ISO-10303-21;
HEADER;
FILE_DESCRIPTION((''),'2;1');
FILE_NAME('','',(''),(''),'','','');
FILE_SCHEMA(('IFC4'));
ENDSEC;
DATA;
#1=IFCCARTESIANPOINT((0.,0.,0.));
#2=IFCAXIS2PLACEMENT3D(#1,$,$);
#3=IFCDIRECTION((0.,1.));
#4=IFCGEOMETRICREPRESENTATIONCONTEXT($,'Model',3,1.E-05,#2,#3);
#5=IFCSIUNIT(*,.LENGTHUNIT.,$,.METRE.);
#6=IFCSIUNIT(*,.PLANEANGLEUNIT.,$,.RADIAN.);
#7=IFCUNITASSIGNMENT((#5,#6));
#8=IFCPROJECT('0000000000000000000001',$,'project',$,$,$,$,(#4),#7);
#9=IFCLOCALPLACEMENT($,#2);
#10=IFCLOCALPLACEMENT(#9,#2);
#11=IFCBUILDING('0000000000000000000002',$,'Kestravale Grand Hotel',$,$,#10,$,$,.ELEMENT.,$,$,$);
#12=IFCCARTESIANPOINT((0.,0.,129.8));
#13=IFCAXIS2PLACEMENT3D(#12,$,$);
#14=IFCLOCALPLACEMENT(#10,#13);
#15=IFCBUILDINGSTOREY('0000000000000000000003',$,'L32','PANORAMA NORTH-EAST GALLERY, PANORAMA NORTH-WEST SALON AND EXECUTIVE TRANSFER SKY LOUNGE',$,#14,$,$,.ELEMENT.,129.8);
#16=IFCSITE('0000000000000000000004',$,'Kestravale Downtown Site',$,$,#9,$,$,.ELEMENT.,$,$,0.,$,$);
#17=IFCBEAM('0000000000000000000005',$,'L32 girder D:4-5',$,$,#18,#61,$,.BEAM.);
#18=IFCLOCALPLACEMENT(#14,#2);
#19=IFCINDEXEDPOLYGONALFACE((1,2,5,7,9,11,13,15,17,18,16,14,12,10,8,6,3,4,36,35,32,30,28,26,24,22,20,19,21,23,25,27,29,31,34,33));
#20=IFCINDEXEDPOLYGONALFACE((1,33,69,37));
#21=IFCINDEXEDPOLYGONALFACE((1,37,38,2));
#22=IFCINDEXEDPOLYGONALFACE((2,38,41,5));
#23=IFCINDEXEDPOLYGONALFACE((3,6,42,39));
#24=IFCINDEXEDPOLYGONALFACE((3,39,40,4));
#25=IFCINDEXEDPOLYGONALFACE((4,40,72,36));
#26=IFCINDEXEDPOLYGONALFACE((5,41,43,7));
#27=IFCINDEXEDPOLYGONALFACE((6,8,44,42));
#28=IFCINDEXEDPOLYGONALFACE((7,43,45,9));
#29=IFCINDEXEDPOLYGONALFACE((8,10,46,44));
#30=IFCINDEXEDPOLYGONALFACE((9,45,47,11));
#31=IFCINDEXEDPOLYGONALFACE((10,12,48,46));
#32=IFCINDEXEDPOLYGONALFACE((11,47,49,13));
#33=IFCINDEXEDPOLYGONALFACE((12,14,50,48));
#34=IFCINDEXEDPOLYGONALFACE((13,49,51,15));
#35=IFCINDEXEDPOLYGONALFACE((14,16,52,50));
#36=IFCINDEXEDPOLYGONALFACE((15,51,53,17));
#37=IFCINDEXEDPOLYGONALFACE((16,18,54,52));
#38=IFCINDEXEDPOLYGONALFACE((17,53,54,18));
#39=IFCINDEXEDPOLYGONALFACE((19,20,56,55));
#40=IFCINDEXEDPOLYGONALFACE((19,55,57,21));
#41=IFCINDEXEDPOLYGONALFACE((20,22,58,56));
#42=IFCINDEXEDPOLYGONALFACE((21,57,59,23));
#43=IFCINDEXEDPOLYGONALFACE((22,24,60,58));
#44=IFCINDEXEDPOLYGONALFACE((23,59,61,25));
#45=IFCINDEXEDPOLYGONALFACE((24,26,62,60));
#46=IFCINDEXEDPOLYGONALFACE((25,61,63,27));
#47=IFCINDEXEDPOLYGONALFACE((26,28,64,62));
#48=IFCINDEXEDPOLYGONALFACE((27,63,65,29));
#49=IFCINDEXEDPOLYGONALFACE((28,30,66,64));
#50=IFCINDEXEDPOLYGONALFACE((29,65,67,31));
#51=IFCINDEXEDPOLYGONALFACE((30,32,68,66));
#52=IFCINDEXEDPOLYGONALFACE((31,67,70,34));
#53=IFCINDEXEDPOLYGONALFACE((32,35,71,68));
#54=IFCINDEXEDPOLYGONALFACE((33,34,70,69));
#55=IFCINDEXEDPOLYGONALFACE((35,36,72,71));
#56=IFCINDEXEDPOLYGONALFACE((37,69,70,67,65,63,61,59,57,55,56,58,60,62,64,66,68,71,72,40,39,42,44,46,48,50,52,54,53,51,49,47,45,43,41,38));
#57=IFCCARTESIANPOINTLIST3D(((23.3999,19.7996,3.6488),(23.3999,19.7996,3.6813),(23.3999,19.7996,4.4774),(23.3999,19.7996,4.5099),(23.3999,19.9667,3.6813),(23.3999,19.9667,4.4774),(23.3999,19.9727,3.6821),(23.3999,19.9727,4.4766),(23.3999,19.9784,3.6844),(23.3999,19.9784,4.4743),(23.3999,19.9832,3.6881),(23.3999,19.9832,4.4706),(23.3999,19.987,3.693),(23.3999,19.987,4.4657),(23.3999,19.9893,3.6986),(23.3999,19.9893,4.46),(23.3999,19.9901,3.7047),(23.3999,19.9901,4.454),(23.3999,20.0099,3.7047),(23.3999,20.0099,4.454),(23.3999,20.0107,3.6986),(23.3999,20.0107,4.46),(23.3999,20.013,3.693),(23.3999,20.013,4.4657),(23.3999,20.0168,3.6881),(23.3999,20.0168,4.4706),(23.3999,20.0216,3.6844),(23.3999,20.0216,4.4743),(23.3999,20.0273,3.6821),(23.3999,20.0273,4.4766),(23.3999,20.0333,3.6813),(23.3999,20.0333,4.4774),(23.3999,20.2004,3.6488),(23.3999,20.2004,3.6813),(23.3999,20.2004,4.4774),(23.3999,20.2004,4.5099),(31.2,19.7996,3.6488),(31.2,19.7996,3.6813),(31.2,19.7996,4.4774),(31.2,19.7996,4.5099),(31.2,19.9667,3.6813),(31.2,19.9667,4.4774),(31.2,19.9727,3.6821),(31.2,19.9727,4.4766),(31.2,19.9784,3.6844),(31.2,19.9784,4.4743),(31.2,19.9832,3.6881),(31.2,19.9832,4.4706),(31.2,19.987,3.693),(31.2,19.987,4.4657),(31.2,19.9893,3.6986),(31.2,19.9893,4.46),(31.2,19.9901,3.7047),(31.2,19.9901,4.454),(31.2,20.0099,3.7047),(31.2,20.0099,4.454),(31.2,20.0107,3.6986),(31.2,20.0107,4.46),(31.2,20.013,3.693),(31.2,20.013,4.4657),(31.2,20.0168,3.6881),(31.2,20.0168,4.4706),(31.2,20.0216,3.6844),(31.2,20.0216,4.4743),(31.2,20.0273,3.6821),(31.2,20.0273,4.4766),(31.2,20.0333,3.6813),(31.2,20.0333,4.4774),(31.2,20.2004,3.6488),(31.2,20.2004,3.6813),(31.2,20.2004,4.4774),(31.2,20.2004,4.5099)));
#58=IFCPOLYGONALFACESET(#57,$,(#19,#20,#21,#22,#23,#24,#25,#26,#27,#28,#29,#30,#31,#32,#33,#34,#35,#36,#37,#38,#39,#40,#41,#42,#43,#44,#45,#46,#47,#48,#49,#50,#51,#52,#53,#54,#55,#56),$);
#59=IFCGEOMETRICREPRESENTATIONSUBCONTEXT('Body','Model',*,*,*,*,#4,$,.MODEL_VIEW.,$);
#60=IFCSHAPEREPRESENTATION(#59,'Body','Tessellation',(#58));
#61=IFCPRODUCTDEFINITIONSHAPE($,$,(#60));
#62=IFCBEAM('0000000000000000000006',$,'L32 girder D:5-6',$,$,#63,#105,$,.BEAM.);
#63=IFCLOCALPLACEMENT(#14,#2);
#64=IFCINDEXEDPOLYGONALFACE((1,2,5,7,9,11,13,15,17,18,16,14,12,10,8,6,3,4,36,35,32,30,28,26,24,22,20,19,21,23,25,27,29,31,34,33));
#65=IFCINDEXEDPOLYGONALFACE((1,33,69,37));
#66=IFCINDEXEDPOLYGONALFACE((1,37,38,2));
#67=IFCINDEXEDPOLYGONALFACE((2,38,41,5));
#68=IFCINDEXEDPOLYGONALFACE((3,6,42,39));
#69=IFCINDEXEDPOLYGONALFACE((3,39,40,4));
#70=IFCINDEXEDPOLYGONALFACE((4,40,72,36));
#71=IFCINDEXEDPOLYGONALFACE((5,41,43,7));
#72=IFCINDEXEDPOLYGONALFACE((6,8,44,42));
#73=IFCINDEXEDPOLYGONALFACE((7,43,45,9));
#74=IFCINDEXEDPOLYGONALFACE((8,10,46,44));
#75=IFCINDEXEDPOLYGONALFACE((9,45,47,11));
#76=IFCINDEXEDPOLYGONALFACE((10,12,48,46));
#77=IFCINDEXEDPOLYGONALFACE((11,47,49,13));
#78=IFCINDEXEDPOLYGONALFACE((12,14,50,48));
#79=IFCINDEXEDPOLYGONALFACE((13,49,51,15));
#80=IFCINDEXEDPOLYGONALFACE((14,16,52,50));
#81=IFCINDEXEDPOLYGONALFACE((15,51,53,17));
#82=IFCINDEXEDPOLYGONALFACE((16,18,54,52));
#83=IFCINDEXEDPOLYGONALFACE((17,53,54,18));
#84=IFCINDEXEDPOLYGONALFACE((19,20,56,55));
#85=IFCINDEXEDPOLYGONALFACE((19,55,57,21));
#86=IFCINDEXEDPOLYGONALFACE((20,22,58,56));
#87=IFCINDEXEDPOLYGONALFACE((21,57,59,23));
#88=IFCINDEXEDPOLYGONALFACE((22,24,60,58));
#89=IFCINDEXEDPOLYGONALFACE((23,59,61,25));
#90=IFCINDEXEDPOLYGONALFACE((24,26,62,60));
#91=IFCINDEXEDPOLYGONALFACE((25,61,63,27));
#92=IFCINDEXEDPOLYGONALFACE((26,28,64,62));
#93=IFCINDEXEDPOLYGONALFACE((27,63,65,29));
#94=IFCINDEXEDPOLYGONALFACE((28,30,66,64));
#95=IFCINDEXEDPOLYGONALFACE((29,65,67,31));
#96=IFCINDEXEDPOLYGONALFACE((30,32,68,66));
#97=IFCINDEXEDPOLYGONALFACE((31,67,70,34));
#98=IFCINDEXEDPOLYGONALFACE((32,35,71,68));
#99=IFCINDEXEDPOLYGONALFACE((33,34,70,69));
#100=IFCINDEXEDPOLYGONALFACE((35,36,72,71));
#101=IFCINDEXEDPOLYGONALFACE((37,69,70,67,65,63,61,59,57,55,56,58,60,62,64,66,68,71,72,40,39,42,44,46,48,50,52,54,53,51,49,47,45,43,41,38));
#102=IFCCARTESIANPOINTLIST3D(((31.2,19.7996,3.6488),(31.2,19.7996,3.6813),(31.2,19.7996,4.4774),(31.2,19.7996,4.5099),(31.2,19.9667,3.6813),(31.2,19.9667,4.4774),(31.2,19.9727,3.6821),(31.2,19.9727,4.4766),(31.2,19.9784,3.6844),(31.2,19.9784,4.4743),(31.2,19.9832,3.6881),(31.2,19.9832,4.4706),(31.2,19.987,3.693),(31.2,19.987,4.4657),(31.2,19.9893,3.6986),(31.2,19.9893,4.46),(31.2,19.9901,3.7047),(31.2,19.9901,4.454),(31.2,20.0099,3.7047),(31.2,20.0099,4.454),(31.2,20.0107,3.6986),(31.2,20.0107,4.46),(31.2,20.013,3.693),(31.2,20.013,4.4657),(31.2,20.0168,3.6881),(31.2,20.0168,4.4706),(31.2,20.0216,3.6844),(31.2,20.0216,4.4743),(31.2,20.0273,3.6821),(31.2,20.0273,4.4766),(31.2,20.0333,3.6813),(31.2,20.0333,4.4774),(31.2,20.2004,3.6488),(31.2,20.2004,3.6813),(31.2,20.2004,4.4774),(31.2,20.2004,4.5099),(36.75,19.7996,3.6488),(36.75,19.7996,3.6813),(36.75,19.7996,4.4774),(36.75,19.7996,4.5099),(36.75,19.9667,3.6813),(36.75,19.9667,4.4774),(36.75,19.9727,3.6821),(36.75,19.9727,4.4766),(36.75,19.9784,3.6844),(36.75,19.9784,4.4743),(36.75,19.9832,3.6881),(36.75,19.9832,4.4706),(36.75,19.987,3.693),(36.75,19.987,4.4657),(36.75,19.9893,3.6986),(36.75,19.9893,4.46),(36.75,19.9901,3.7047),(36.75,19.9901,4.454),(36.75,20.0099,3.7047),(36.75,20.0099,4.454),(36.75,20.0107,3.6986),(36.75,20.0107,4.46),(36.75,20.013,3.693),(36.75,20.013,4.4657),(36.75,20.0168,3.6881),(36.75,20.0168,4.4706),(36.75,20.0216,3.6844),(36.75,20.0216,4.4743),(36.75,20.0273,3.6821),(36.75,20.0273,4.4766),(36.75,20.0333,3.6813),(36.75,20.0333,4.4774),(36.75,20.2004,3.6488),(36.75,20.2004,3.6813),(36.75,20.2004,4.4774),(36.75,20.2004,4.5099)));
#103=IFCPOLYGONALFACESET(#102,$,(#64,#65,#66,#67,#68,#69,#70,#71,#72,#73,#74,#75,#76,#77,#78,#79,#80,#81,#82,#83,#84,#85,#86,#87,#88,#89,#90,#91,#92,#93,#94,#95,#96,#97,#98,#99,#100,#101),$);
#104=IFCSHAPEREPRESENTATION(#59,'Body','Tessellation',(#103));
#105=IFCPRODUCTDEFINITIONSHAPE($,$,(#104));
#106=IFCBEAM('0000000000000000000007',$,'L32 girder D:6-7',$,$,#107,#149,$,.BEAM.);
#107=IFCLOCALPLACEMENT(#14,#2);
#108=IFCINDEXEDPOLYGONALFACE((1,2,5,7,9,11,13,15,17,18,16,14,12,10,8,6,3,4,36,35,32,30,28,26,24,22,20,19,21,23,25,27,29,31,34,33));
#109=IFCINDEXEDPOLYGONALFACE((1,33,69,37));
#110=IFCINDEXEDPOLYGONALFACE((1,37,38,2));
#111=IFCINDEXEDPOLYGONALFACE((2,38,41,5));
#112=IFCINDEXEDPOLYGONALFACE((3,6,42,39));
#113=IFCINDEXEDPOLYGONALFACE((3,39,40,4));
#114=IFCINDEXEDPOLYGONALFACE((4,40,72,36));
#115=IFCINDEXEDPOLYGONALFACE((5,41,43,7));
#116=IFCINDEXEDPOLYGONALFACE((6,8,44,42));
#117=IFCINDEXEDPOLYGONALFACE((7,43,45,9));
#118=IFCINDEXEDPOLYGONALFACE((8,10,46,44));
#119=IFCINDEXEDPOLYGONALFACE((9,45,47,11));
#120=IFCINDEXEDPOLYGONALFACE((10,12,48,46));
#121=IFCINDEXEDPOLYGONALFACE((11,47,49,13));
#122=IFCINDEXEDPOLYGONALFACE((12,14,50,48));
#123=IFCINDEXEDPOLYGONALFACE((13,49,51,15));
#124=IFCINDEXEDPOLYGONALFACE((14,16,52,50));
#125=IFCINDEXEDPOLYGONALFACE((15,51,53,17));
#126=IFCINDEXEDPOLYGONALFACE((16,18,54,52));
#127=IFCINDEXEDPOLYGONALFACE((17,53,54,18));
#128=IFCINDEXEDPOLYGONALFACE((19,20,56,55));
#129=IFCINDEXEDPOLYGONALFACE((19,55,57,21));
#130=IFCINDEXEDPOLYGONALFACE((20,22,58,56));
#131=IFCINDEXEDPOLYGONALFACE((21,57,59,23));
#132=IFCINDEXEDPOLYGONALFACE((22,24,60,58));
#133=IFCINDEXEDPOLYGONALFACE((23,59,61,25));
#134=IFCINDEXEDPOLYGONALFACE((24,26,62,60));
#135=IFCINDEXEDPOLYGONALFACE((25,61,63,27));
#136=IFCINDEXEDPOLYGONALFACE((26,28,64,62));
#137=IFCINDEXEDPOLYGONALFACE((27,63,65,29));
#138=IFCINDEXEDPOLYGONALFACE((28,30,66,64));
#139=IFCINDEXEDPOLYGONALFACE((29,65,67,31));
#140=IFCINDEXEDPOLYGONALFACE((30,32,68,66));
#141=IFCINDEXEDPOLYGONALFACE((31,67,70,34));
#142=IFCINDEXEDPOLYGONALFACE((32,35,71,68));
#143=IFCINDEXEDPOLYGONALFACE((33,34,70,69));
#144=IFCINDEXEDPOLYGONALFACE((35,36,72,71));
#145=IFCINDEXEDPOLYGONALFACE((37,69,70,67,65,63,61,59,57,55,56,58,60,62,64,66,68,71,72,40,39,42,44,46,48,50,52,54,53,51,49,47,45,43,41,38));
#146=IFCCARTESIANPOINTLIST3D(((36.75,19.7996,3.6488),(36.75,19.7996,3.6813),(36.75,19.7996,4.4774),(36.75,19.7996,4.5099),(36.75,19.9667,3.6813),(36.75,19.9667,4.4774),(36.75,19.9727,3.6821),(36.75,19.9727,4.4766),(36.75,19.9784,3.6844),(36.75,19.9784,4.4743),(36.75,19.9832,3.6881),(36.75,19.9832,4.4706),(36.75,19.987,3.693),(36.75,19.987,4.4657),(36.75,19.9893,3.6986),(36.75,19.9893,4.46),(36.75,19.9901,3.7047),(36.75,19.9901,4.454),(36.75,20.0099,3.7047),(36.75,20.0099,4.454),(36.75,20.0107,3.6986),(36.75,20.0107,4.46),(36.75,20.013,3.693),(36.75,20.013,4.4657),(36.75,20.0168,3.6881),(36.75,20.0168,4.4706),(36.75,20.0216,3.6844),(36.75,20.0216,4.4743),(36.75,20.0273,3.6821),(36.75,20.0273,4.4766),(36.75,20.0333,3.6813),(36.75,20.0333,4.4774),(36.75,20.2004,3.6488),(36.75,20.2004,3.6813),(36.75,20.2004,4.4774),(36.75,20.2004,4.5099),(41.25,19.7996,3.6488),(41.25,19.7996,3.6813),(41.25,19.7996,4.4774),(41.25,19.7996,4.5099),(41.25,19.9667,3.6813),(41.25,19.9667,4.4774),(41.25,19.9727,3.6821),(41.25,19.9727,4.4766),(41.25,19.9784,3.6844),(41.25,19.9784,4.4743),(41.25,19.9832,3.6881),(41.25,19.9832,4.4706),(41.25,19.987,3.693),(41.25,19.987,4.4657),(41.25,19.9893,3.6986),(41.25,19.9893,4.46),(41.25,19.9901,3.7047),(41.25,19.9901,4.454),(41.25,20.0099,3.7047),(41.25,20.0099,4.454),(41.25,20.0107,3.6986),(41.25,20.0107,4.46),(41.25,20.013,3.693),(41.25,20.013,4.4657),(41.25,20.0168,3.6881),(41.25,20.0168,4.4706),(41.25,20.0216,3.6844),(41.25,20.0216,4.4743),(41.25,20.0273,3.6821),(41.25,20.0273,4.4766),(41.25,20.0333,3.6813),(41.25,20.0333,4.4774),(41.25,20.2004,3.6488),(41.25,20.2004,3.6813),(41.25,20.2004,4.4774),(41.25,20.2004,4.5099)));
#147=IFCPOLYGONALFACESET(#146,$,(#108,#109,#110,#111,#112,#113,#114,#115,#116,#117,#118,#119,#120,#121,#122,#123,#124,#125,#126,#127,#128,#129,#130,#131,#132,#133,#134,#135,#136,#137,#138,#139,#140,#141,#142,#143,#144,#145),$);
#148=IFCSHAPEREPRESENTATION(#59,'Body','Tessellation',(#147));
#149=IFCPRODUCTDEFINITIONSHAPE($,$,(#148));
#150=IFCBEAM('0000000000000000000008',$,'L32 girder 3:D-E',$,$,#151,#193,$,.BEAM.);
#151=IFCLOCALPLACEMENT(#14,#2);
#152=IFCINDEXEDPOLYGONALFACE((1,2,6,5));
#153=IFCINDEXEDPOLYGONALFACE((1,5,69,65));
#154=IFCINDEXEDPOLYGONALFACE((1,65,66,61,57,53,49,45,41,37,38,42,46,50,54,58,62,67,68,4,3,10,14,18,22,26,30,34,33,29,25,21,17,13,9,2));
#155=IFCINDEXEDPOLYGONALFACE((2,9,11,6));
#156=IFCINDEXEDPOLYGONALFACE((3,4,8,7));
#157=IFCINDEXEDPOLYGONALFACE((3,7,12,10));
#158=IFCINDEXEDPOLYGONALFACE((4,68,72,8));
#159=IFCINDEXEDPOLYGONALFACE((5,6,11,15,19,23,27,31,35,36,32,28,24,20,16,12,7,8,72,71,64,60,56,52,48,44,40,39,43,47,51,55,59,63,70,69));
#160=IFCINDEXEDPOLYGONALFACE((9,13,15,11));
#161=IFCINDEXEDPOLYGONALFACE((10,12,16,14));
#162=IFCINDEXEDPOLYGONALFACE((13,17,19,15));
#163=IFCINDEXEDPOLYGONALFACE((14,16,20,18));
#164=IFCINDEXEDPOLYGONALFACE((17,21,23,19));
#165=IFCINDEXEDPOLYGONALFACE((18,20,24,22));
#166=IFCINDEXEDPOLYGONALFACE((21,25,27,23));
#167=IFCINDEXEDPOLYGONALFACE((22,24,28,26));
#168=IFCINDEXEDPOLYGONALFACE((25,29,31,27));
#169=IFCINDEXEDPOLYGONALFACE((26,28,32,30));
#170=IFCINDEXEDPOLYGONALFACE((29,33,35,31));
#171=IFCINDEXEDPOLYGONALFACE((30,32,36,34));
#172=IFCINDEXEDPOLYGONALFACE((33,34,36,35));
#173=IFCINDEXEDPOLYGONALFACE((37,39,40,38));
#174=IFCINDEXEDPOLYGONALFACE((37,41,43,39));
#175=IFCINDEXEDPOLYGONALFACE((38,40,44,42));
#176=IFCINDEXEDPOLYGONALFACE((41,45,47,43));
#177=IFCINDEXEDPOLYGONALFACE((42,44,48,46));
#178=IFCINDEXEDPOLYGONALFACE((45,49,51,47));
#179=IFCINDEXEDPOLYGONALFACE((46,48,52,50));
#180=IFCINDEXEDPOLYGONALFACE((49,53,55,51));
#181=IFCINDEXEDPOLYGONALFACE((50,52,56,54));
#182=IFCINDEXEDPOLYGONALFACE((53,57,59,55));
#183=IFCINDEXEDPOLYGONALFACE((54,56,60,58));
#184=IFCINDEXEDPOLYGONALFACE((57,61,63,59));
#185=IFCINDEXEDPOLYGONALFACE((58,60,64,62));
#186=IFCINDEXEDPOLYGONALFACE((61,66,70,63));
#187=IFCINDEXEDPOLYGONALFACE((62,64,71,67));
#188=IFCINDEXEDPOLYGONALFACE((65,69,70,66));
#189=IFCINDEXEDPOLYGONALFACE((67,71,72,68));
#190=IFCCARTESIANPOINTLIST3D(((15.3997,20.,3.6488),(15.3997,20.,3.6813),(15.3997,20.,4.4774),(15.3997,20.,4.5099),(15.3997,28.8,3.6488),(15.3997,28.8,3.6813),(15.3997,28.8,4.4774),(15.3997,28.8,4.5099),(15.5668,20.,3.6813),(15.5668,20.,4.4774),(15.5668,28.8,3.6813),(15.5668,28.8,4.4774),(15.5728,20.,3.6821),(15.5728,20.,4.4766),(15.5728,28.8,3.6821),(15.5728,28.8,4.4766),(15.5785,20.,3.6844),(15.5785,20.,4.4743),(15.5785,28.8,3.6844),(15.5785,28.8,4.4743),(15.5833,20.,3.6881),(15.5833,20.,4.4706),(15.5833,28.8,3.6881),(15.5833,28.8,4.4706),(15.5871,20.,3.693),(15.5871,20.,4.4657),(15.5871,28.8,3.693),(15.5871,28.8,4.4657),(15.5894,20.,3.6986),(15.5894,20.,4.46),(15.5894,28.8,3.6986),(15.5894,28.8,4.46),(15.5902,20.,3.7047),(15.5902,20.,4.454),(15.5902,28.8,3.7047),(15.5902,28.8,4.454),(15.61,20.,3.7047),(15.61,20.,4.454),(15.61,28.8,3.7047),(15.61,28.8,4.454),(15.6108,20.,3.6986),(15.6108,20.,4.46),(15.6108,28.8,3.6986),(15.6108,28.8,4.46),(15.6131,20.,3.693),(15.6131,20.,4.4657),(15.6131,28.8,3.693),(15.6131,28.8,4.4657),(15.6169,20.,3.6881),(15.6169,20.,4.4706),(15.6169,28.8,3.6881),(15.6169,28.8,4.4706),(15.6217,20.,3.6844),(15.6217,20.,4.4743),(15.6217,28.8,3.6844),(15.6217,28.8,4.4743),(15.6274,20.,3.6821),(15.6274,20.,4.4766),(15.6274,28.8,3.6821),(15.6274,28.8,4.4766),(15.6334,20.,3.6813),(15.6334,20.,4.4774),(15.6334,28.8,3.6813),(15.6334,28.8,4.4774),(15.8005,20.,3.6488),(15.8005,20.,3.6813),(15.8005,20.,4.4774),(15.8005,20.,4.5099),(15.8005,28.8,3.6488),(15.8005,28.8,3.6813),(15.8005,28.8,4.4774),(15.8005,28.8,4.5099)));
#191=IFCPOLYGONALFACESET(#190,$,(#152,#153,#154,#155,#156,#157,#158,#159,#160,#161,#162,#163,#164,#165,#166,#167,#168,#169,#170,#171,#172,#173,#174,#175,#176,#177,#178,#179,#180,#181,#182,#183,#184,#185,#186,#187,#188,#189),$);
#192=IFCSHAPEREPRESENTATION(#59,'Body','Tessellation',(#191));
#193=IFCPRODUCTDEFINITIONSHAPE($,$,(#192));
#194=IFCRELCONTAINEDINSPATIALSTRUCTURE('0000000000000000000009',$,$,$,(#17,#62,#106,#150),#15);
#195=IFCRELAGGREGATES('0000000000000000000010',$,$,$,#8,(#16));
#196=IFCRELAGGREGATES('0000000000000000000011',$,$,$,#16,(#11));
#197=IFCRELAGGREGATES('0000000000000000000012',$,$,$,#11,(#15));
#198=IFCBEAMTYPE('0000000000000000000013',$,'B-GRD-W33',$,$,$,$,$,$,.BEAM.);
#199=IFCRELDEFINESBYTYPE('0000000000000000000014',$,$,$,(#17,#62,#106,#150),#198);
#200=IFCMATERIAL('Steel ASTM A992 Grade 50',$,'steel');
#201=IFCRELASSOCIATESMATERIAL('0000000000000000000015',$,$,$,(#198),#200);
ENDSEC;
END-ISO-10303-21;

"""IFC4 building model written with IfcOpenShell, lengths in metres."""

from ifc_helpers import new_model, si_unit, direction, frame, origin, origin_2d, place, context, subcontext, project, spatial, i_section, extrude, material, material_profile, profile_set, type_object, element, save


model = new_model("IFC4")

# Units and contexts
model_context = context("Model", 3, precision=1e-05, world=origin(), true_north=direction((0.0, 1.0)))
body_context = subcontext(model_context, "Body", "Model", "MODEL_VIEW")
ifc_project = project(units=[si_unit("LENGTHUNIT", "METRE"), si_unit("PLANEANGLEUNIT", "RADIAN")], contexts=[model_context])

# Site, building, storey
site_placement = place(None, origin())
site = spatial("IfcSite", under=ifc_project, at=site_placement, Name="Kestravale Downtown Site", CompositionType="ELEMENT", RefElevation=0.0)
building_placement = place(site_placement, origin())
building = spatial("IfcBuilding", under=site, at=building_placement, Name="Kestravale Grand Hotel", CompositionType="ELEMENT")
storey_placement = place(building_placement, frame((0.0, 0.0, 129.8)))
storey = spatial("IfcBuildingStorey", under=building, at=storey_placement, Name="L32", Description="PANORAMA NORTH-EAST GALLERY, PANORAMA NORTH-WEST SALON AND EXECUTIVE TRANSFER SKY LOUNGE", CompositionType="ELEMENT", Elevation=129.8)

# Beams
ifc_material_1 = material(Name="Steel ASTM A992 Grade 50", Category="steel")
ifc_material_profile_1 = material_profile(ifc_material_1, i_section(OverallWidth=0.4009, OverallDepth=0.8611, WebThickness=0.0198, FlangeThickness=0.0325, FilletRadius=0.0234, at=origin_2d()))
ifc_profile_set_1 = profile_set([ifc_material_profile_1], Name="Steel ASTM A992 Grade 50")
beam_type_1 = type_object("IfcBeamType", Name="B-GRD-W33", PredefinedType="BEAM", material=ifc_profile_set_1)
beam_1_placement = place(storey_placement, frame((23.3999, 20.0, 4.0793), z_axis=(1.0, 0.0, 0.0), x_axis=(0.0, 1.0, 0.0)))
element("IfcBeam", 1, at=beam_1_placement, inside=storey, type_object=beam_type_1, Name="L32 girder D:4-5", PredefinedType="BEAM", context=body_context, shape_type="SweptSolid", body=[
    extrude(i_section(OverallWidth=0.4009, OverallDepth=0.8611, WebThickness=0.0198, FlangeThickness=0.0325, FilletRadius=0.0234, at=origin_2d()), origin(), (0.0, 0.0, 1.0), 7.8),
])
beam_2_placement = place(storey_placement, frame((31.2, 20.0, 4.0793), z_axis=(1.0, 0.0, 0.0), x_axis=(0.0, 1.0, 0.0)))
element("IfcBeam", 2, at=beam_2_placement, inside=storey, type_object=beam_type_1, Name="L32 girder D:5-6", PredefinedType="BEAM", context=body_context, shape_type="SweptSolid", body=[
    extrude(i_section(OverallWidth=0.4009, OverallDepth=0.8611, WebThickness=0.0198, FlangeThickness=0.0325, FilletRadius=0.0234, at=origin_2d()), origin(), (0.0, 0.0, 1.0), 5.55),
])
beam_3_placement = place(storey_placement, frame((36.75, 20.0, 4.0793), z_axis=(1.0, 0.0, 0.0), x_axis=(0.0, 1.0, 0.0)))
element("IfcBeam", 3, at=beam_3_placement, inside=storey, type_object=beam_type_1, Name="L32 girder D:6-7", PredefinedType="BEAM", context=body_context, shape_type="SweptSolid", body=[
    extrude(i_section(OverallWidth=0.4009, OverallDepth=0.8611, WebThickness=0.0198, FlangeThickness=0.0325, FilletRadius=0.0234, at=origin_2d()), origin(), (0.0, 0.0, 1.0), 4.5),
])
beam_4_placement = place(storey_placement, frame((15.6001, 20.0, 4.0793), z_axis=(0.0, 1.0, 0.0), x_axis=(-1.0, 0.0, 0.0)))
element("IfcBeam", 4, at=beam_4_placement, inside=storey, type_object=beam_type_1, Name="L32 girder 3:D-E", PredefinedType="BEAM", context=body_context, shape_type="SweptSolid", body=[
    extrude(i_section(OverallWidth=0.4009, OverallDepth=0.8611, WebThickness=0.0198, FlangeThickness=0.0325, FilletRadius=0.0234, at=origin_2d()), origin(), (0.0, 0.0, 1.0), 8.8),
])

save(model, "model.ifc")
